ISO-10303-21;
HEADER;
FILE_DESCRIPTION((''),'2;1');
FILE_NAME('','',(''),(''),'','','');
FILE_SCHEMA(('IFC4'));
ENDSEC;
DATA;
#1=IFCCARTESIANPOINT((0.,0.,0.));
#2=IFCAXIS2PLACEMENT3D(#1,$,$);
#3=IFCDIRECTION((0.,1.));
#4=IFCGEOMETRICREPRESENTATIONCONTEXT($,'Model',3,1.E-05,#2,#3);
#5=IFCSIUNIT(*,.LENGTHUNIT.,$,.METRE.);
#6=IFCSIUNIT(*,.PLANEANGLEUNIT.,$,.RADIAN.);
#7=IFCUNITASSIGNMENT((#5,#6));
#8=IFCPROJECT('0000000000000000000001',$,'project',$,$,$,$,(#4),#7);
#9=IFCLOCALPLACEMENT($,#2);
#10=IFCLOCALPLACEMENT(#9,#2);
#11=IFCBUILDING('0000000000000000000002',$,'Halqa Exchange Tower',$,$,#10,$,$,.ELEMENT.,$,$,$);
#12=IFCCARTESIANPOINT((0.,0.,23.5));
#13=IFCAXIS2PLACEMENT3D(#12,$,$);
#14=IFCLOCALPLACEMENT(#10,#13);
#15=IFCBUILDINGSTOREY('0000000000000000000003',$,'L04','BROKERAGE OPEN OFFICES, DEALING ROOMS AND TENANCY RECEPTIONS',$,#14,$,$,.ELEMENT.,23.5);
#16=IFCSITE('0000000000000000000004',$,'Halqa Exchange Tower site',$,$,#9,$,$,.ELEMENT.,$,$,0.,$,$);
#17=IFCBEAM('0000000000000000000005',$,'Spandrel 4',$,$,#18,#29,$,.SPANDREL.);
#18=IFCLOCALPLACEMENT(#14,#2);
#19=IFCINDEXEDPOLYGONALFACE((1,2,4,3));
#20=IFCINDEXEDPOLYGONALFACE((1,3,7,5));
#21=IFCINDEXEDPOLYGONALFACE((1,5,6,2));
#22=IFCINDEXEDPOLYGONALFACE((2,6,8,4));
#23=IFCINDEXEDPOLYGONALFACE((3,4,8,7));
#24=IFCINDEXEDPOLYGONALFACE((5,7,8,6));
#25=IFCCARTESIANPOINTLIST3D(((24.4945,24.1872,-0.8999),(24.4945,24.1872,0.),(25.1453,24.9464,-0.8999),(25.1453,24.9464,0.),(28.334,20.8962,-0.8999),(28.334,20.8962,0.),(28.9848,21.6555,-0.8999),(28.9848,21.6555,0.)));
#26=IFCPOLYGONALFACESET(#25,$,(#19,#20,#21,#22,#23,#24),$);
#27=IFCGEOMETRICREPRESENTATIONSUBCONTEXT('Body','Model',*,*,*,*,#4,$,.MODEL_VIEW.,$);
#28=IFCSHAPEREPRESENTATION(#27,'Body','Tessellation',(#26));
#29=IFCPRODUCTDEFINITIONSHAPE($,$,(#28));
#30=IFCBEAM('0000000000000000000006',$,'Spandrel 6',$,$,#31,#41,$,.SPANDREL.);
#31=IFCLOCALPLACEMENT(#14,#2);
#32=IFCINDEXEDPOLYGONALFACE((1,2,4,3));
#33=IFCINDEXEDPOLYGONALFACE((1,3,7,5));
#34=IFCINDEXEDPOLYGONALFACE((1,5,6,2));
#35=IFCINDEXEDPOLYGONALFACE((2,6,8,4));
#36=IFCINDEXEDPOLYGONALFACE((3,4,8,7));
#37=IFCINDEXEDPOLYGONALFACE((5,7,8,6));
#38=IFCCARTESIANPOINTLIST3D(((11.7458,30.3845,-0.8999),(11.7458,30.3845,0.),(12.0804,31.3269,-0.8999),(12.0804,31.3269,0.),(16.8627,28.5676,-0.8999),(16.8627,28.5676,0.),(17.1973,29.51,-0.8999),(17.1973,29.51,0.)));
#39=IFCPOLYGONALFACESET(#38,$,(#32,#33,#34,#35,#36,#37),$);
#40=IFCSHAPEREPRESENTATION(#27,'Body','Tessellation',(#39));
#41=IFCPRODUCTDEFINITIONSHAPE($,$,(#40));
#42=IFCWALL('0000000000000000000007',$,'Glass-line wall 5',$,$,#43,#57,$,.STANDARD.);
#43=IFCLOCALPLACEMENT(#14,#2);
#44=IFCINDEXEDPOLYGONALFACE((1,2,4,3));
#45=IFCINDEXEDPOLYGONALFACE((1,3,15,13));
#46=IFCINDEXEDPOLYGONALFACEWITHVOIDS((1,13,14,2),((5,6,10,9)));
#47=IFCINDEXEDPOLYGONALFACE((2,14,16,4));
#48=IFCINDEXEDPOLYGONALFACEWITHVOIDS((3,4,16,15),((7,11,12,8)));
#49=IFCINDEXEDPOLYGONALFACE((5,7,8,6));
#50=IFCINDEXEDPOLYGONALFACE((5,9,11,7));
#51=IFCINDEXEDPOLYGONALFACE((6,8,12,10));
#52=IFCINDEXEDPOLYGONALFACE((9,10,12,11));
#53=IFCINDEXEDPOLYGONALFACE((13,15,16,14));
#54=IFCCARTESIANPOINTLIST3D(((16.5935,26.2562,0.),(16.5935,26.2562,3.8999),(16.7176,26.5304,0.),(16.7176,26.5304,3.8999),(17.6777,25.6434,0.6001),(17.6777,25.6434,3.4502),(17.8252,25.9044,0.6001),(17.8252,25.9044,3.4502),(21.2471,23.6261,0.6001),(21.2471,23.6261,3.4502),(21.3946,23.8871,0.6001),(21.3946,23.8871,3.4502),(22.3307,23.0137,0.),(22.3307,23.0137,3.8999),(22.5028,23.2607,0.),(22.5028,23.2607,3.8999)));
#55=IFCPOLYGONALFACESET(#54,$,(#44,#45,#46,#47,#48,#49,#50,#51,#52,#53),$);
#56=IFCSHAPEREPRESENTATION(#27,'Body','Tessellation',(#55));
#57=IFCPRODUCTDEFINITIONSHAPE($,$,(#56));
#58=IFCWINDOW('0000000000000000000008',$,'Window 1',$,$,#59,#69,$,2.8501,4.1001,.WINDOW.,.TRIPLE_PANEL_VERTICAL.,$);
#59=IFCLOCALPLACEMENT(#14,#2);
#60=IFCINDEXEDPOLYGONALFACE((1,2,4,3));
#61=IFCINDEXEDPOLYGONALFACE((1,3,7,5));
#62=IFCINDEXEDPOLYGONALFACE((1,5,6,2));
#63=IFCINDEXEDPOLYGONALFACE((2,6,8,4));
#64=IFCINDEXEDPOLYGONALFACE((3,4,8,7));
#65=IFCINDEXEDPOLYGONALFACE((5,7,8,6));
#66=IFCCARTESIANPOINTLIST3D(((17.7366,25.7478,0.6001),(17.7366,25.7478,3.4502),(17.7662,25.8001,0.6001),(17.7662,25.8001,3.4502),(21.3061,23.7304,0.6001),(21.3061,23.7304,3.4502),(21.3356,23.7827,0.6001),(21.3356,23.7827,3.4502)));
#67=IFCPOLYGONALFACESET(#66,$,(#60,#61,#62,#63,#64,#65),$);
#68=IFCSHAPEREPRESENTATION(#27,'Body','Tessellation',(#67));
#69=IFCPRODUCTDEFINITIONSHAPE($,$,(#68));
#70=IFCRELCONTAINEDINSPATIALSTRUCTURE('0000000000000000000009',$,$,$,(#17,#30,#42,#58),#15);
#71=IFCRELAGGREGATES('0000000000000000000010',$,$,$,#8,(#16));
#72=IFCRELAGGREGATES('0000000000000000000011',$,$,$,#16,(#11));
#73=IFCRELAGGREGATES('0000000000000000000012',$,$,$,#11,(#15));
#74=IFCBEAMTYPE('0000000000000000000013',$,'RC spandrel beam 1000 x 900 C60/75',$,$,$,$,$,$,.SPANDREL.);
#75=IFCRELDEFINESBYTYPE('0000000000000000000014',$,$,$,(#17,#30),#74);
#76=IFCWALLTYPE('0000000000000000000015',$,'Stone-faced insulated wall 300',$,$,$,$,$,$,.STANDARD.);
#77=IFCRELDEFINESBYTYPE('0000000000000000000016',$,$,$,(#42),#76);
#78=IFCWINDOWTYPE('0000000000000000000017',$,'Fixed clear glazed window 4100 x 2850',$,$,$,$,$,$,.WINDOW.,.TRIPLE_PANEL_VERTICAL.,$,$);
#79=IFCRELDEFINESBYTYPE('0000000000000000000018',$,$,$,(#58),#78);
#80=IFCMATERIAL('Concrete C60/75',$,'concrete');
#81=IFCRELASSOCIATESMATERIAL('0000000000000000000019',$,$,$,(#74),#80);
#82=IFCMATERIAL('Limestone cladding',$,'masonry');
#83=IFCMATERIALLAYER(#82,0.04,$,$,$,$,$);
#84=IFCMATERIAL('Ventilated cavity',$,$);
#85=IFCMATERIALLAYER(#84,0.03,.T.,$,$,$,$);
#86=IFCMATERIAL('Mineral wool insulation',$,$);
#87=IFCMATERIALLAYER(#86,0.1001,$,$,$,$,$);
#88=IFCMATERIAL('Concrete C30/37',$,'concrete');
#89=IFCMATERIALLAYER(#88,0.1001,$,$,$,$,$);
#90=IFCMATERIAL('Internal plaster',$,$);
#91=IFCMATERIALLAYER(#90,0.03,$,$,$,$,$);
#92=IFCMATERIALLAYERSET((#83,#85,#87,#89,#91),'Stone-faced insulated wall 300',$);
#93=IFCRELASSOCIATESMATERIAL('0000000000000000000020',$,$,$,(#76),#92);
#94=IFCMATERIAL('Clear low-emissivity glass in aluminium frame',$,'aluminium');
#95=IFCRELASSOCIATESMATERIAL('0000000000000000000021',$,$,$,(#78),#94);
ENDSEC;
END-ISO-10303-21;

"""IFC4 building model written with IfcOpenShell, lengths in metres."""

from ifc_helpers import new_model, si_unit, direction, frame, frame_2d, origin, origin_2d, place, context, subcontext, project, spatial, polyline, rectangle, outline, extrude, material, layer, layer_set, material_profile, profile_set, type_object, element, fill, save


model = new_model("IFC4")

# Units and contexts
model_context = context("Model", 3, precision=1e-05, world=origin(), true_north=direction((0.0, 1.0)))
body_context = subcontext(model_context, "Body", "Model", "MODEL_VIEW")
ifc_project = project(units=[si_unit("LENGTHUNIT", "METRE"), si_unit("PLANEANGLEUNIT", "RADIAN")], contexts=[model_context])

# Site, building, storey
site_placement = place(None, origin())
site = spatial("IfcSite", under=ifc_project, at=site_placement, Name="Halqa Exchange Tower site", CompositionType="ELEMENT", RefElevation=0.0)
building_placement = place(site_placement, origin())
building = spatial("IfcBuilding", under=site, at=building_placement, Name="Halqa Exchange Tower", CompositionType="ELEMENT")
storey_placement = place(building_placement, frame((0.0, 0.0, 23.5)))
storey = spatial("IfcBuildingStorey", under=building, at=storey_placement, Name="L04", Description="BROKERAGE OPEN OFFICES, DEALING ROOMS AND TENANCY RECEPTIONS", CompositionType="ELEMENT", Elevation=23.5)

# Beams
ifc_material_1 = material(Name="Concrete C60/75", Category="concrete")
ifc_material_profile_1 = material_profile(ifc_material_1, rectangle(XDim=1.0, YDim=0.8999, at=origin_2d()), Name="1000 x 900")
ifc_profile_set_1 = profile_set([ifc_material_profile_1], Name="Concrete C60/75")
beam_type_1 = type_object("IfcBeamType", Name="RC spandrel beam 1000 x 900 C60/75", PredefinedType="SPANDREL", material=ifc_profile_set_1)
beam_1_placement = place(storey_placement, frame((28.6594, 21.2759, -0.45), z_axis=(-0.759263, 0.650783, 0.0), x_axis=(-0.650783, -0.759263, 0.0)))
element("IfcBeam", 1, at=beam_1_placement, inside=storey, type_object=beam_type_1, Name="Spandrel 4", PredefinedType="SPANDREL", context=body_context, shape_type="SweptSolid", body=[
    extrude(rectangle(XDim=1.0, YDim=0.8999, at=origin_2d()), origin(), (0.0, 0.0, 1.0), 5.0569),
])
beam_2_placement = place(storey_placement, frame((17.03, 29.0388, -0.45), z_axis=(-0.942358, 0.334607, 0.0), x_axis=(-0.334607, -0.942358, 0.0)))
element("IfcBeam", 2, at=beam_2_placement, inside=storey, type_object=beam_type_1, Name="Spandrel 6", PredefinedType="SPANDREL", context=body_context, shape_type="SweptSolid", body=[
    extrude(rectangle(XDim=1.0, YDim=0.8999, at=origin_2d()), origin(), (0.0, 0.0, 1.0), 5.4299),
])

# Wall, opening, window
ifc_material_2 = material(Name="Limestone cladding", Category="masonry")
ifc_layer_1 = layer(ifc_material_2, 0.04)
ifc_material_3 = material(Name="Ventilated cavity")
ifc_layer_2 = layer(ifc_material_3, 0.03, ventilated=True)
ifc_material_4 = material(Name="Mineral wool insulation")
ifc_layer_3 = layer(ifc_material_4, 0.1001)
ifc_material_5 = material(Name="Concrete C30/37", Category="concrete")
ifc_layer_4 = layer(ifc_material_5, 0.1001)
ifc_material_6 = material(Name="Internal plaster")
ifc_layer_5 = layer(ifc_material_6, 0.03)
ifc_layer_set = layer_set([ifc_layer_1, ifc_layer_2, ifc_layer_3, ifc_layer_4, ifc_layer_5], Name="Stone-faced insulated wall 300")
wall_type = type_object("IfcWallType", Name="Stone-faced insulated wall 300", PredefinedType="STANDARD", material=ifc_layer_set)
wall_placement = place(storey_placement, frame((22.4167, 23.1372, 0.0), z_axis=(0.0, 0.0, 1.0), x_axis=(-0.870579, 0.492029, 0.0)))
wall = element("IfcWall", 3, at=wall_placement, inside=storey, type_object=wall_type, Name="Glass-line wall 5", PredefinedType="STANDARD", context=body_context, shape_type="SweptSolid", body=[
    extrude(outline(polyline([(-0.0142, -0.1499), (6.6311, -0.1499), (6.6042, 0.1499), (0.0142, 0.1499), (-0.0142, -0.1499)])), origin(), (0.0, 0.0, 1.0), 3.8999),
])
opening_placement = place(wall_placement, frame((1.2588, 0.0, 0.6001)))
opening = element("IfcOpeningElement", 4, at=opening_placement, cuts=wall, PredefinedType="OPENING", context=body_context, shape_type="SweptSolid", body=[
    extrude(rectangle(XDim=4.1001, YDim=2.8501, at=frame_2d((2.05, 1.425))), frame((0.0, 0.1621, 0.0), z_axis=(0.0, -1.0, 0.0), x_axis=(1.0, 0.0, 0.0)), (0.0, 0.0, 1.0), 0.324),
])
ifc_material_7 = material(Name="Clear low-emissivity glass in aluminium frame", Category="aluminium")
window_type = type_object("IfcWindowType", Name="Fixed clear glazed window 4100 x 2850", PartitioningType="TRIPLE_PANEL_VERTICAL", PredefinedType="WINDOW", material=ifc_material_7)
window_placement = place(opening_placement, origin())
window = element("IfcWindow", 5, at=window_placement, inside=storey, type_object=window_type, Name="Window 1", OverallHeight=2.8501, OverallWidth=4.1001, PartitioningType="TRIPLE_PANEL_VERTICAL", PredefinedType="WINDOW", context=body_context, shape_type="SweptSolid", body=[
    extrude(rectangle(XDim=4.1001, YDim=2.8501, at=frame_2d((2.05, 1.425))), frame((0.0, 0.03, 0.0), z_axis=(0.0, -1.0, 0.0), x_axis=(1.0, 0.0, 0.0)), (0.0, 0.0, 1.0), 0.0601),
])
fill(opening, window)

save(model, "model.ifc")
